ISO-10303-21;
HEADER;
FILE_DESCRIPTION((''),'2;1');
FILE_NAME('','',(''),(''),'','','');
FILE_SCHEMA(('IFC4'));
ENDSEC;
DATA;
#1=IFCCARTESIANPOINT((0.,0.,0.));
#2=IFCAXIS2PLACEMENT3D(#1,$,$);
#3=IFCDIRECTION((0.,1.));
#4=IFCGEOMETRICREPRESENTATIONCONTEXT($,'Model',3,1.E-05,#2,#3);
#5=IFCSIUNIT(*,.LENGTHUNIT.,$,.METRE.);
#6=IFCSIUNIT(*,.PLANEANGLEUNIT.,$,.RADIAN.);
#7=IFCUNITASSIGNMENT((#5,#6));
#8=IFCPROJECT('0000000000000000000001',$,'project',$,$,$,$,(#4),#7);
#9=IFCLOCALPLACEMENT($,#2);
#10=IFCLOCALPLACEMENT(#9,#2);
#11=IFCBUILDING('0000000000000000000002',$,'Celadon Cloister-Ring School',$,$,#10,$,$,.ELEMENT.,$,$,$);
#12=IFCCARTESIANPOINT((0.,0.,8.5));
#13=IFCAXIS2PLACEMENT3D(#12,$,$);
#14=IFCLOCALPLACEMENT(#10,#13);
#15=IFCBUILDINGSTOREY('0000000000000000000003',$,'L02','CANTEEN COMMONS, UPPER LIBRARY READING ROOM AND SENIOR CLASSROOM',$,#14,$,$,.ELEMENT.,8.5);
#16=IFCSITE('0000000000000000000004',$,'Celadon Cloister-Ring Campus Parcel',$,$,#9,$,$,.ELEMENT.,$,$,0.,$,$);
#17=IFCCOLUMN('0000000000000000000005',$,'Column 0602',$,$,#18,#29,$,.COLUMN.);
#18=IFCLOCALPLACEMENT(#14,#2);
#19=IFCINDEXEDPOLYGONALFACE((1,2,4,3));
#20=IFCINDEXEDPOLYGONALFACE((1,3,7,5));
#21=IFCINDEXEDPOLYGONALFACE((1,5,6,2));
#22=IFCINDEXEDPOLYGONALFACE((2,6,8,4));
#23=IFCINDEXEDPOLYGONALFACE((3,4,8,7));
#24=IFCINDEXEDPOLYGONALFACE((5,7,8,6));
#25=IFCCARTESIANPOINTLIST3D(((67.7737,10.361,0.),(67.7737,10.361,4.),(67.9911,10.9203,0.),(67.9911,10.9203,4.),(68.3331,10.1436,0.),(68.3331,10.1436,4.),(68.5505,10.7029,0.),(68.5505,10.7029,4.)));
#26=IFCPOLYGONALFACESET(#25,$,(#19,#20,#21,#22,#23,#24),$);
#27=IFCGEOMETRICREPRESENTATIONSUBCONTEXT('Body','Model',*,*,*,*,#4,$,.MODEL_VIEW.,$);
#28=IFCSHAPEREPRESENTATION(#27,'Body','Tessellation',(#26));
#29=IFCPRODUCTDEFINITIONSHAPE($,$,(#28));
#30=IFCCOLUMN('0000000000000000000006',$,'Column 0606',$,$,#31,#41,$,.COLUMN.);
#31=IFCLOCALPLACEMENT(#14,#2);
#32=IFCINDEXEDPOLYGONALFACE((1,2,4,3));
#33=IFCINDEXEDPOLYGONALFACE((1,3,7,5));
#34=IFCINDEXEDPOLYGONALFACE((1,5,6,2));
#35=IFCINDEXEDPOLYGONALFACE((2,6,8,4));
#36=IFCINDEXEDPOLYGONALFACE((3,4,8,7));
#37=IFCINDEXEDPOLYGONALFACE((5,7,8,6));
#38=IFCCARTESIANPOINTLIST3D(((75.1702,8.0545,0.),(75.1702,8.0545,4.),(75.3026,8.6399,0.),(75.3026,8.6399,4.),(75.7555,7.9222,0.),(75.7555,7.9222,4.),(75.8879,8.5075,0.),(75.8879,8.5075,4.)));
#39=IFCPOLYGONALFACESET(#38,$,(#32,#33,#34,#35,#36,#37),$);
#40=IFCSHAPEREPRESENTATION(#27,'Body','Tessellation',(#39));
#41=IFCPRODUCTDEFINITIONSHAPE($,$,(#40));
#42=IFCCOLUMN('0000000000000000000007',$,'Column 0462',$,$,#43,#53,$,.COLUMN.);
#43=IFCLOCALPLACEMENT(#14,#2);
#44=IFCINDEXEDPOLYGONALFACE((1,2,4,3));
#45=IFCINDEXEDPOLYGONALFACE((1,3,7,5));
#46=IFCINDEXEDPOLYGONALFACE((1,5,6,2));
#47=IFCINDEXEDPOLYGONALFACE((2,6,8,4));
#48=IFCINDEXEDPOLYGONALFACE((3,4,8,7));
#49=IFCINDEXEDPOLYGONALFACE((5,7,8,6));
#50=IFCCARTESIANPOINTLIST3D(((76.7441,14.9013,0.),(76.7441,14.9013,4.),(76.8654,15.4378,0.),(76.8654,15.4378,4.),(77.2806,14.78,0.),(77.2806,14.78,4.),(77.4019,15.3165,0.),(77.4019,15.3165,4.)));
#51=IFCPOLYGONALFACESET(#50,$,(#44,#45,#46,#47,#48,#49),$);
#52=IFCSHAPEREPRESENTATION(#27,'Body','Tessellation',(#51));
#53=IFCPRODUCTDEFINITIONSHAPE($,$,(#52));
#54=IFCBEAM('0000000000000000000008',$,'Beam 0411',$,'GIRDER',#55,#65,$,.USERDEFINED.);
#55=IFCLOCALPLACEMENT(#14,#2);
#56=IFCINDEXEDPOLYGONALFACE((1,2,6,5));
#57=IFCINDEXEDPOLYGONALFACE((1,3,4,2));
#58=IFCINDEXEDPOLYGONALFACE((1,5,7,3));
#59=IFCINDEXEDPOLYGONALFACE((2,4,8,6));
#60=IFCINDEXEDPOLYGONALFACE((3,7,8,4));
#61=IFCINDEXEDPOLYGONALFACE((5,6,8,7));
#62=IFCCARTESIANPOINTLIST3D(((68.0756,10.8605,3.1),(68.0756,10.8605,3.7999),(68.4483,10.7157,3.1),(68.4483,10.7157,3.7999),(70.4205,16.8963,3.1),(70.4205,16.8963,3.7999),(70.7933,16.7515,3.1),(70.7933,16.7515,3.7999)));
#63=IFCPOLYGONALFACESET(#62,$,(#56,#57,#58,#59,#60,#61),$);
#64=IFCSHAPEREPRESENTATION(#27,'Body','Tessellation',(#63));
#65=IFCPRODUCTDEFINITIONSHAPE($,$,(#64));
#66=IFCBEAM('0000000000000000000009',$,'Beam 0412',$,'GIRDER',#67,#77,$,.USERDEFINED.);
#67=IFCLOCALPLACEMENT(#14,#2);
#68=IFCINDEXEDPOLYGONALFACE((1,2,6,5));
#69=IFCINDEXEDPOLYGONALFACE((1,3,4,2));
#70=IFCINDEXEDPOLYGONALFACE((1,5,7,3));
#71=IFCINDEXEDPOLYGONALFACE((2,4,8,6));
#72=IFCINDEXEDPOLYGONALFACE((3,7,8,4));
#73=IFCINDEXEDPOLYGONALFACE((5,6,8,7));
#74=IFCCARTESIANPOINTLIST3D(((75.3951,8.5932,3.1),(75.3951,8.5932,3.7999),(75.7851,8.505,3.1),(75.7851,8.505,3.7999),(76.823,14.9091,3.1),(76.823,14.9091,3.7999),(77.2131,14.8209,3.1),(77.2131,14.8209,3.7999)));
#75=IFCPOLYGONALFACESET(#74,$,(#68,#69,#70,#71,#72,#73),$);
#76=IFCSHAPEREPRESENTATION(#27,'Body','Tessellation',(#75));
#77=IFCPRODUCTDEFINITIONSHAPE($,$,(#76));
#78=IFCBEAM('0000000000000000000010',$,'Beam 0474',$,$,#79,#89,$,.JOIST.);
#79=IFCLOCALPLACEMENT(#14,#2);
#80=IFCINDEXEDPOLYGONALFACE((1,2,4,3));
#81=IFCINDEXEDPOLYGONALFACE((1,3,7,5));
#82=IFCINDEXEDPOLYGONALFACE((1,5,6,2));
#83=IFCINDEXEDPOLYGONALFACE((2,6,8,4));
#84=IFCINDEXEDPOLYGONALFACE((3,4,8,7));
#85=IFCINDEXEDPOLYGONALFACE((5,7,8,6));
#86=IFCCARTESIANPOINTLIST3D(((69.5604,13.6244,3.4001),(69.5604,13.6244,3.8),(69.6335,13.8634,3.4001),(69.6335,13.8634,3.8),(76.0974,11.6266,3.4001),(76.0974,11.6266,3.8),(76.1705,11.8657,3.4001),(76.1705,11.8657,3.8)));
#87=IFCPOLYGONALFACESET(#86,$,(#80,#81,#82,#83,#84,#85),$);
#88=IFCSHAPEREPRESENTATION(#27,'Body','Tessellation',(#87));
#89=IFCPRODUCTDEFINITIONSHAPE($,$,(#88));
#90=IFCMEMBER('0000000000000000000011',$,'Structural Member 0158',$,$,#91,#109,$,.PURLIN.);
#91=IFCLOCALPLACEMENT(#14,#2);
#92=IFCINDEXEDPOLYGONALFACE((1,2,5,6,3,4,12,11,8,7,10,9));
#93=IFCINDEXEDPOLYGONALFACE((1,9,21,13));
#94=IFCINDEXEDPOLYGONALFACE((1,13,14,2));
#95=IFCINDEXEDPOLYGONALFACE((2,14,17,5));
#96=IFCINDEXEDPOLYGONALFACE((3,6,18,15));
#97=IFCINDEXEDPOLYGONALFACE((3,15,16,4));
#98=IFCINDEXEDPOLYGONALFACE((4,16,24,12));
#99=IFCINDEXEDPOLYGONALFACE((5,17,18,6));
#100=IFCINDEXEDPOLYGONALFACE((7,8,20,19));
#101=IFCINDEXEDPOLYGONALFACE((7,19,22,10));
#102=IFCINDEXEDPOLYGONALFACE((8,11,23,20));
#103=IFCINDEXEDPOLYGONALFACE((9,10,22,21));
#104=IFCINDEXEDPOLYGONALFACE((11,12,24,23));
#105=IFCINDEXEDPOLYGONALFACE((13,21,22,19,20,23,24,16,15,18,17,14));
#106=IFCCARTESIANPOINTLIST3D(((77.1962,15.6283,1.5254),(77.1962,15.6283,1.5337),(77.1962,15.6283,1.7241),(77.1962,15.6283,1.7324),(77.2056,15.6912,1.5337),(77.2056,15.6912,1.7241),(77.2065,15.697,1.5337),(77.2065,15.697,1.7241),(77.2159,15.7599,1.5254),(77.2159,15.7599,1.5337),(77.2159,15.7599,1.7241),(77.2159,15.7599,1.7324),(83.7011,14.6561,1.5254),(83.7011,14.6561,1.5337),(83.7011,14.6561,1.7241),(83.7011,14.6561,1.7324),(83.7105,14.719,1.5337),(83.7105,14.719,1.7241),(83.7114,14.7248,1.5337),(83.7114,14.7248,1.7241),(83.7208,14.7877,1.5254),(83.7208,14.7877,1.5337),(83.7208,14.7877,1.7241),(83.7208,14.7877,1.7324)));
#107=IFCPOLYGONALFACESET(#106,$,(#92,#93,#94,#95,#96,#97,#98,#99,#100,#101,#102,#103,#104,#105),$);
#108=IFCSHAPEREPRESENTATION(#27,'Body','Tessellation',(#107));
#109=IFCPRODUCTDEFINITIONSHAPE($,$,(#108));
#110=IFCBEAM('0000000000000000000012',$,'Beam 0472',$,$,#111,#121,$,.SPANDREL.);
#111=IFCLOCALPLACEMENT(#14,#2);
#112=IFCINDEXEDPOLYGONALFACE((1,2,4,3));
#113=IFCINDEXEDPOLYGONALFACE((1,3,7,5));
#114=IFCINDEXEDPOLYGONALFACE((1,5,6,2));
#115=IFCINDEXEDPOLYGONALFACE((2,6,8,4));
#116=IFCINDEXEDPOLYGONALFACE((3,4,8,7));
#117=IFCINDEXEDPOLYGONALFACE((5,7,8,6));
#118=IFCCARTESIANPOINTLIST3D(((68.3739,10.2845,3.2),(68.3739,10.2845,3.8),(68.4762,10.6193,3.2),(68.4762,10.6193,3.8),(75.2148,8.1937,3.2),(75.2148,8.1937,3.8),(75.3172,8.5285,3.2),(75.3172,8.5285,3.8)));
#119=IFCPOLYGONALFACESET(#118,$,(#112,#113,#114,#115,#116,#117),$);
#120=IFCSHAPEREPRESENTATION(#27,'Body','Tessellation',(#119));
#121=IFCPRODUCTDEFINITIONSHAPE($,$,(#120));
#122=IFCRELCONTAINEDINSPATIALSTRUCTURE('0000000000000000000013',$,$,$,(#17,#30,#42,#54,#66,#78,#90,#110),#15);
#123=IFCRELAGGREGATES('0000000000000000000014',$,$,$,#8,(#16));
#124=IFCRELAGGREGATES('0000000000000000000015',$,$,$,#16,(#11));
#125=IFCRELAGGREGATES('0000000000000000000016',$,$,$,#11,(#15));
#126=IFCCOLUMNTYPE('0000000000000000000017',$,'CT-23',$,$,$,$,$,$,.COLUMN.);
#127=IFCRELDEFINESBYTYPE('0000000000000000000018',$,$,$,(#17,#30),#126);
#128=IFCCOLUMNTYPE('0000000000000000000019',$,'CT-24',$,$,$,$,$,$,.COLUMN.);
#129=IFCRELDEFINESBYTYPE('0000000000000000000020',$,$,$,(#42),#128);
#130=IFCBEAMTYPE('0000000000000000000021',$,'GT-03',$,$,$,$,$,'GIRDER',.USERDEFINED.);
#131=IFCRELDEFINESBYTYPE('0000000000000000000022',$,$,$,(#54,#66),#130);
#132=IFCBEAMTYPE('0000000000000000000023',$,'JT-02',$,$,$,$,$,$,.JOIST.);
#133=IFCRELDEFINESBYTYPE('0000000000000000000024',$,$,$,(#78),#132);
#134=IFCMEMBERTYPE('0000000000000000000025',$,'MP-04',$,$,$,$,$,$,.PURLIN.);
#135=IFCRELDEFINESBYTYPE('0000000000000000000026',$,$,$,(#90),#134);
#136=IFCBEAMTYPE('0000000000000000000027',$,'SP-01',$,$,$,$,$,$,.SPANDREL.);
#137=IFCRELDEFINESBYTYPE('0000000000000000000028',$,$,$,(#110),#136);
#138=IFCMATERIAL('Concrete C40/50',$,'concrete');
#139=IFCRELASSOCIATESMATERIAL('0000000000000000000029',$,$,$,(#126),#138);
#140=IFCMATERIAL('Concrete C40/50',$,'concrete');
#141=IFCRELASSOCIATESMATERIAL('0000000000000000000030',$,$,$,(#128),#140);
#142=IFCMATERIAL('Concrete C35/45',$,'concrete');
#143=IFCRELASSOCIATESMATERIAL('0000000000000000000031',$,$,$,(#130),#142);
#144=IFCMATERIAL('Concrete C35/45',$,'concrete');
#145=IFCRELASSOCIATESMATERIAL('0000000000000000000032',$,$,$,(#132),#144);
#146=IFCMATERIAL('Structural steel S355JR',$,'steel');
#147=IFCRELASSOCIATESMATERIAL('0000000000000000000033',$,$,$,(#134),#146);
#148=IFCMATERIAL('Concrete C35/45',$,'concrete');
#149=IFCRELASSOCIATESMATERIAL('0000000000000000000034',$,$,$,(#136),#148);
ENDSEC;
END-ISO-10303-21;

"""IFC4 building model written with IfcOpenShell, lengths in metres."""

from ifc_helpers import new_model, si_unit, direction, frame, origin, origin_2d, place, context, subcontext, project, spatial, rectangle, i_section, extrude, material, material_profile, profile_set, type_object, element, save


model = new_model("IFC4")

# Units and contexts
model_context = context("Model", 3, precision=1e-05, world=origin(), true_north=direction((0.0, 1.0)))
body_context = subcontext(model_context, "Body", "Model", "MODEL_VIEW")
ifc_project = project(units=[si_unit("LENGTHUNIT", "METRE"), si_unit("PLANEANGLEUNIT", "RADIAN")], contexts=[model_context])

# Site, building, storey
site_placement = place(None, origin())
site = spatial("IfcSite", under=ifc_project, at=site_placement, Name="Celadon Cloister-Ring Campus Parcel", CompositionType="ELEMENT", RefElevation=0.0)
building_placement = place(site_placement, origin())
building = spatial("IfcBuilding", under=site, at=building_placement, Name="Celadon Cloister-Ring School", CompositionType="ELEMENT")
storey_placement = place(building_placement, frame((0.0, 0.0, 8.5)))
storey = spatial("IfcBuildingStorey", under=building, at=storey_placement, Name="L02", Description="CANTEEN COMMONS, UPPER LIBRARY READING ROOM AND SENIOR CLASSROOM", CompositionType="ELEMENT", Elevation=8.5)

# Columns
ifc_material_1 = material(Name="Concrete C40/50", Category="concrete")
ifc_material_profile_1 = material_profile(ifc_material_1, rectangle(XDim=0.6001, YDim=0.6001, at=origin_2d()), Name="RC600X600")
ifc_profile_set_1 = profile_set([ifc_material_profile_1], Name="Concrete C40/50")
column_type_1 = type_object("IfcColumnType", Name="CT-23", PredefinedType="COLUMN", material=ifc_profile_set_1)
for number, where, z_axis, x_axis, name in (
    (1, (68.1621, 10.532, 0.0), (0.0, 0.0, 1.0), (-0.362275, -0.932071, 0.0), "Column 0602"),
    (2, (75.5291, 8.281, 0.0), (0.0, 0.0, 1.0), (-0.220595, -0.975365, 0.0), "Column 0606"),
):
    element("IfcColumn", number, at=place(storey_placement, frame(where, z_axis=z_axis, x_axis=x_axis)), inside=storey, type_object=column_type_1, Name=name, PredefinedType="COLUMN", context=body_context, shape_type="SweptSolid", body=[
        extrude(rectangle(XDim=0.6001, YDim=0.6001, at=origin_2d()), origin(), (0.0, 0.0, 1.0), 4.0),
    ])
ifc_material_2 = material(Name="Concrete C40/50", Category="concrete")
ifc_material_profile_2 = material_profile(ifc_material_2, rectangle(XDim=0.55, YDim=0.55, at=origin_2d()), Name="RC550X550")
ifc_profile_set_2 = profile_set([ifc_material_profile_2], Name="Concrete C40/50")
column_type_2 = type_object("IfcColumnType", Name="CT-24", PredefinedType="COLUMN", material=ifc_profile_set_2)
column_placement = place(storey_placement, frame((77.073, 15.1089, 0.0), z_axis=(0.0, 0.0, 1.0), x_axis=(-0.220595, -0.975365, 0.0)))
element("IfcColumn", 3, at=column_placement, inside=storey, type_object=column_type_2, Name="Column 0462", PredefinedType="COLUMN", context=body_context, shape_type="SweptSolid", body=[
    extrude(rectangle(XDim=0.55, YDim=0.55, at=origin_2d()), origin(), (0.0, 0.0, 1.0), 4.0),
])

# Beams
ifc_material_3 = material(Name="Concrete C35/45", Category="concrete")
ifc_material_profile_3 = material_profile(ifc_material_3, rectangle(XDim=0.3999, YDim=0.7, at=origin_2d()), Name="RC400X700")
ifc_profile_set_3 = profile_set([ifc_material_profile_3], Name="Concrete C35/45")
beam_type_1 = type_object("IfcBeamType", Name="GT-03", ElementType="GIRDER", PredefinedType="USERDEFINED", material=ifc_profile_set_3)
for number, where, z_axis, x_axis, name in (
    (4, (68.262, 10.7881, 3.45), (0.362135, 0.932126, 0.0), (-0.932126, 0.362135, 0.0), "Beam 0411"),
    (5, (75.5901, 8.5491, 3.45), (0.220526, 0.975381, 0.0), (-0.975381, 0.220526, 0.0), "Beam 0412"),
):
    element("IfcBeam", number, at=place(storey_placement, frame(where, z_axis=z_axis, x_axis=x_axis)), inside=storey, type_object=beam_type_1, Name=name, ObjectType="GIRDER", PredefinedType="USERDEFINED", context=body_context, shape_type="SweptSolid", body=[
        extrude(rectangle(XDim=0.3999, YDim=0.7, at=origin_2d()), origin(), (0.0, 0.0, 1.0), 6.4753),
    ])
ifc_material_4 = material(Name="Concrete C35/45", Category="concrete")
ifc_material_profile_4 = material_profile(ifc_material_4, rectangle(XDim=0.25, YDim=0.3999, at=origin_2d()), Name="RC250X400")
ifc_profile_set_4 = profile_set([ifc_material_profile_4], Name="Concrete C35/45")
beam_type_2 = type_object("IfcBeamType", Name="JT-02", PredefinedType="JOIST", material=ifc_profile_set_4)
beam_1_placement = place(storey_placement, frame((69.5969, 13.7439, 3.6001), z_axis=(0.956337, -0.292266, 0.0), x_axis=(0.292266, 0.956337, 0.0)))
element("IfcBeam", 6, at=beam_1_placement, inside=storey, type_object=beam_type_2, Name="Beam 0474", PredefinedType="JOIST", context=body_context, shape_type="SweptSolid", body=[
    extrude(rectangle(XDim=0.25, YDim=0.3999, at=origin_2d()), origin(), (0.0, 0.0, 1.0), 6.8354),
])

# Member
ifc_material_5 = material(Name="Structural steel S355JR", Category="steel")
ifc_material_profile_5 = material_profile(ifc_material_5, i_section(OverallWidth=0.1331, OverallDepth=0.207, WebThickness=0.0059, FlangeThickness=0.0083, at=origin_2d()), Name="W200X27")
ifc_profile_set_5 = profile_set([ifc_material_profile_5], Name="Structural steel S355JR")
member_type = type_object("IfcMemberType", Name="MP-04", PredefinedType="PURLIN", material=ifc_profile_set_5)
member_placement = place(storey_placement, frame((77.2061, 15.6941, 1.6289), z_axis=(0.989016, -0.14781, 0.0), x_axis=(0.14781, 0.989016, 0.0)))
element("IfcMember", 7, at=member_placement, inside=storey, type_object=member_type, Name="Structural Member 0158", PredefinedType="PURLIN", context=body_context, shape_type="SweptSolid", body=[
    extrude(i_section(OverallWidth=0.1331, OverallDepth=0.207, WebThickness=0.0059, FlangeThickness=0.0083, at=origin_2d()), origin(), (0.0, 0.0, 1.0), 6.5771),
])

# Beam
ifc_material_6 = material(Name="Concrete C35/45", Category="concrete")
ifc_material_profile_6 = material_profile(ifc_material_6, rectangle(XDim=0.3501, YDim=0.6001, at=origin_2d()), Name="RC350X600")
ifc_profile_set_6 = profile_set([ifc_material_profile_6], Name="Concrete C35/45")
beam_type_3 = type_object("IfcBeamType", Name="SP-01", PredefinedType="SPANDREL", material=ifc_profile_set_6)
beam_2_placement = place(storey_placement, frame((68.425, 10.4519, 3.5), z_axis=(0.956332, -0.292282, 0.0), x_axis=(0.292282, 0.956332, 0.0)))
element("IfcBeam", 8, at=beam_2_placement, inside=storey, type_object=beam_type_3, Name="Beam 0472", PredefinedType="SPANDREL", context=body_context, shape_type="SweptSolid", body=[
    extrude(rectangle(XDim=0.3501, YDim=0.6001, at=origin_2d()), origin(), (0.0, 0.0, 1.0), 7.1533),
])

save(model, "model.ifc")
